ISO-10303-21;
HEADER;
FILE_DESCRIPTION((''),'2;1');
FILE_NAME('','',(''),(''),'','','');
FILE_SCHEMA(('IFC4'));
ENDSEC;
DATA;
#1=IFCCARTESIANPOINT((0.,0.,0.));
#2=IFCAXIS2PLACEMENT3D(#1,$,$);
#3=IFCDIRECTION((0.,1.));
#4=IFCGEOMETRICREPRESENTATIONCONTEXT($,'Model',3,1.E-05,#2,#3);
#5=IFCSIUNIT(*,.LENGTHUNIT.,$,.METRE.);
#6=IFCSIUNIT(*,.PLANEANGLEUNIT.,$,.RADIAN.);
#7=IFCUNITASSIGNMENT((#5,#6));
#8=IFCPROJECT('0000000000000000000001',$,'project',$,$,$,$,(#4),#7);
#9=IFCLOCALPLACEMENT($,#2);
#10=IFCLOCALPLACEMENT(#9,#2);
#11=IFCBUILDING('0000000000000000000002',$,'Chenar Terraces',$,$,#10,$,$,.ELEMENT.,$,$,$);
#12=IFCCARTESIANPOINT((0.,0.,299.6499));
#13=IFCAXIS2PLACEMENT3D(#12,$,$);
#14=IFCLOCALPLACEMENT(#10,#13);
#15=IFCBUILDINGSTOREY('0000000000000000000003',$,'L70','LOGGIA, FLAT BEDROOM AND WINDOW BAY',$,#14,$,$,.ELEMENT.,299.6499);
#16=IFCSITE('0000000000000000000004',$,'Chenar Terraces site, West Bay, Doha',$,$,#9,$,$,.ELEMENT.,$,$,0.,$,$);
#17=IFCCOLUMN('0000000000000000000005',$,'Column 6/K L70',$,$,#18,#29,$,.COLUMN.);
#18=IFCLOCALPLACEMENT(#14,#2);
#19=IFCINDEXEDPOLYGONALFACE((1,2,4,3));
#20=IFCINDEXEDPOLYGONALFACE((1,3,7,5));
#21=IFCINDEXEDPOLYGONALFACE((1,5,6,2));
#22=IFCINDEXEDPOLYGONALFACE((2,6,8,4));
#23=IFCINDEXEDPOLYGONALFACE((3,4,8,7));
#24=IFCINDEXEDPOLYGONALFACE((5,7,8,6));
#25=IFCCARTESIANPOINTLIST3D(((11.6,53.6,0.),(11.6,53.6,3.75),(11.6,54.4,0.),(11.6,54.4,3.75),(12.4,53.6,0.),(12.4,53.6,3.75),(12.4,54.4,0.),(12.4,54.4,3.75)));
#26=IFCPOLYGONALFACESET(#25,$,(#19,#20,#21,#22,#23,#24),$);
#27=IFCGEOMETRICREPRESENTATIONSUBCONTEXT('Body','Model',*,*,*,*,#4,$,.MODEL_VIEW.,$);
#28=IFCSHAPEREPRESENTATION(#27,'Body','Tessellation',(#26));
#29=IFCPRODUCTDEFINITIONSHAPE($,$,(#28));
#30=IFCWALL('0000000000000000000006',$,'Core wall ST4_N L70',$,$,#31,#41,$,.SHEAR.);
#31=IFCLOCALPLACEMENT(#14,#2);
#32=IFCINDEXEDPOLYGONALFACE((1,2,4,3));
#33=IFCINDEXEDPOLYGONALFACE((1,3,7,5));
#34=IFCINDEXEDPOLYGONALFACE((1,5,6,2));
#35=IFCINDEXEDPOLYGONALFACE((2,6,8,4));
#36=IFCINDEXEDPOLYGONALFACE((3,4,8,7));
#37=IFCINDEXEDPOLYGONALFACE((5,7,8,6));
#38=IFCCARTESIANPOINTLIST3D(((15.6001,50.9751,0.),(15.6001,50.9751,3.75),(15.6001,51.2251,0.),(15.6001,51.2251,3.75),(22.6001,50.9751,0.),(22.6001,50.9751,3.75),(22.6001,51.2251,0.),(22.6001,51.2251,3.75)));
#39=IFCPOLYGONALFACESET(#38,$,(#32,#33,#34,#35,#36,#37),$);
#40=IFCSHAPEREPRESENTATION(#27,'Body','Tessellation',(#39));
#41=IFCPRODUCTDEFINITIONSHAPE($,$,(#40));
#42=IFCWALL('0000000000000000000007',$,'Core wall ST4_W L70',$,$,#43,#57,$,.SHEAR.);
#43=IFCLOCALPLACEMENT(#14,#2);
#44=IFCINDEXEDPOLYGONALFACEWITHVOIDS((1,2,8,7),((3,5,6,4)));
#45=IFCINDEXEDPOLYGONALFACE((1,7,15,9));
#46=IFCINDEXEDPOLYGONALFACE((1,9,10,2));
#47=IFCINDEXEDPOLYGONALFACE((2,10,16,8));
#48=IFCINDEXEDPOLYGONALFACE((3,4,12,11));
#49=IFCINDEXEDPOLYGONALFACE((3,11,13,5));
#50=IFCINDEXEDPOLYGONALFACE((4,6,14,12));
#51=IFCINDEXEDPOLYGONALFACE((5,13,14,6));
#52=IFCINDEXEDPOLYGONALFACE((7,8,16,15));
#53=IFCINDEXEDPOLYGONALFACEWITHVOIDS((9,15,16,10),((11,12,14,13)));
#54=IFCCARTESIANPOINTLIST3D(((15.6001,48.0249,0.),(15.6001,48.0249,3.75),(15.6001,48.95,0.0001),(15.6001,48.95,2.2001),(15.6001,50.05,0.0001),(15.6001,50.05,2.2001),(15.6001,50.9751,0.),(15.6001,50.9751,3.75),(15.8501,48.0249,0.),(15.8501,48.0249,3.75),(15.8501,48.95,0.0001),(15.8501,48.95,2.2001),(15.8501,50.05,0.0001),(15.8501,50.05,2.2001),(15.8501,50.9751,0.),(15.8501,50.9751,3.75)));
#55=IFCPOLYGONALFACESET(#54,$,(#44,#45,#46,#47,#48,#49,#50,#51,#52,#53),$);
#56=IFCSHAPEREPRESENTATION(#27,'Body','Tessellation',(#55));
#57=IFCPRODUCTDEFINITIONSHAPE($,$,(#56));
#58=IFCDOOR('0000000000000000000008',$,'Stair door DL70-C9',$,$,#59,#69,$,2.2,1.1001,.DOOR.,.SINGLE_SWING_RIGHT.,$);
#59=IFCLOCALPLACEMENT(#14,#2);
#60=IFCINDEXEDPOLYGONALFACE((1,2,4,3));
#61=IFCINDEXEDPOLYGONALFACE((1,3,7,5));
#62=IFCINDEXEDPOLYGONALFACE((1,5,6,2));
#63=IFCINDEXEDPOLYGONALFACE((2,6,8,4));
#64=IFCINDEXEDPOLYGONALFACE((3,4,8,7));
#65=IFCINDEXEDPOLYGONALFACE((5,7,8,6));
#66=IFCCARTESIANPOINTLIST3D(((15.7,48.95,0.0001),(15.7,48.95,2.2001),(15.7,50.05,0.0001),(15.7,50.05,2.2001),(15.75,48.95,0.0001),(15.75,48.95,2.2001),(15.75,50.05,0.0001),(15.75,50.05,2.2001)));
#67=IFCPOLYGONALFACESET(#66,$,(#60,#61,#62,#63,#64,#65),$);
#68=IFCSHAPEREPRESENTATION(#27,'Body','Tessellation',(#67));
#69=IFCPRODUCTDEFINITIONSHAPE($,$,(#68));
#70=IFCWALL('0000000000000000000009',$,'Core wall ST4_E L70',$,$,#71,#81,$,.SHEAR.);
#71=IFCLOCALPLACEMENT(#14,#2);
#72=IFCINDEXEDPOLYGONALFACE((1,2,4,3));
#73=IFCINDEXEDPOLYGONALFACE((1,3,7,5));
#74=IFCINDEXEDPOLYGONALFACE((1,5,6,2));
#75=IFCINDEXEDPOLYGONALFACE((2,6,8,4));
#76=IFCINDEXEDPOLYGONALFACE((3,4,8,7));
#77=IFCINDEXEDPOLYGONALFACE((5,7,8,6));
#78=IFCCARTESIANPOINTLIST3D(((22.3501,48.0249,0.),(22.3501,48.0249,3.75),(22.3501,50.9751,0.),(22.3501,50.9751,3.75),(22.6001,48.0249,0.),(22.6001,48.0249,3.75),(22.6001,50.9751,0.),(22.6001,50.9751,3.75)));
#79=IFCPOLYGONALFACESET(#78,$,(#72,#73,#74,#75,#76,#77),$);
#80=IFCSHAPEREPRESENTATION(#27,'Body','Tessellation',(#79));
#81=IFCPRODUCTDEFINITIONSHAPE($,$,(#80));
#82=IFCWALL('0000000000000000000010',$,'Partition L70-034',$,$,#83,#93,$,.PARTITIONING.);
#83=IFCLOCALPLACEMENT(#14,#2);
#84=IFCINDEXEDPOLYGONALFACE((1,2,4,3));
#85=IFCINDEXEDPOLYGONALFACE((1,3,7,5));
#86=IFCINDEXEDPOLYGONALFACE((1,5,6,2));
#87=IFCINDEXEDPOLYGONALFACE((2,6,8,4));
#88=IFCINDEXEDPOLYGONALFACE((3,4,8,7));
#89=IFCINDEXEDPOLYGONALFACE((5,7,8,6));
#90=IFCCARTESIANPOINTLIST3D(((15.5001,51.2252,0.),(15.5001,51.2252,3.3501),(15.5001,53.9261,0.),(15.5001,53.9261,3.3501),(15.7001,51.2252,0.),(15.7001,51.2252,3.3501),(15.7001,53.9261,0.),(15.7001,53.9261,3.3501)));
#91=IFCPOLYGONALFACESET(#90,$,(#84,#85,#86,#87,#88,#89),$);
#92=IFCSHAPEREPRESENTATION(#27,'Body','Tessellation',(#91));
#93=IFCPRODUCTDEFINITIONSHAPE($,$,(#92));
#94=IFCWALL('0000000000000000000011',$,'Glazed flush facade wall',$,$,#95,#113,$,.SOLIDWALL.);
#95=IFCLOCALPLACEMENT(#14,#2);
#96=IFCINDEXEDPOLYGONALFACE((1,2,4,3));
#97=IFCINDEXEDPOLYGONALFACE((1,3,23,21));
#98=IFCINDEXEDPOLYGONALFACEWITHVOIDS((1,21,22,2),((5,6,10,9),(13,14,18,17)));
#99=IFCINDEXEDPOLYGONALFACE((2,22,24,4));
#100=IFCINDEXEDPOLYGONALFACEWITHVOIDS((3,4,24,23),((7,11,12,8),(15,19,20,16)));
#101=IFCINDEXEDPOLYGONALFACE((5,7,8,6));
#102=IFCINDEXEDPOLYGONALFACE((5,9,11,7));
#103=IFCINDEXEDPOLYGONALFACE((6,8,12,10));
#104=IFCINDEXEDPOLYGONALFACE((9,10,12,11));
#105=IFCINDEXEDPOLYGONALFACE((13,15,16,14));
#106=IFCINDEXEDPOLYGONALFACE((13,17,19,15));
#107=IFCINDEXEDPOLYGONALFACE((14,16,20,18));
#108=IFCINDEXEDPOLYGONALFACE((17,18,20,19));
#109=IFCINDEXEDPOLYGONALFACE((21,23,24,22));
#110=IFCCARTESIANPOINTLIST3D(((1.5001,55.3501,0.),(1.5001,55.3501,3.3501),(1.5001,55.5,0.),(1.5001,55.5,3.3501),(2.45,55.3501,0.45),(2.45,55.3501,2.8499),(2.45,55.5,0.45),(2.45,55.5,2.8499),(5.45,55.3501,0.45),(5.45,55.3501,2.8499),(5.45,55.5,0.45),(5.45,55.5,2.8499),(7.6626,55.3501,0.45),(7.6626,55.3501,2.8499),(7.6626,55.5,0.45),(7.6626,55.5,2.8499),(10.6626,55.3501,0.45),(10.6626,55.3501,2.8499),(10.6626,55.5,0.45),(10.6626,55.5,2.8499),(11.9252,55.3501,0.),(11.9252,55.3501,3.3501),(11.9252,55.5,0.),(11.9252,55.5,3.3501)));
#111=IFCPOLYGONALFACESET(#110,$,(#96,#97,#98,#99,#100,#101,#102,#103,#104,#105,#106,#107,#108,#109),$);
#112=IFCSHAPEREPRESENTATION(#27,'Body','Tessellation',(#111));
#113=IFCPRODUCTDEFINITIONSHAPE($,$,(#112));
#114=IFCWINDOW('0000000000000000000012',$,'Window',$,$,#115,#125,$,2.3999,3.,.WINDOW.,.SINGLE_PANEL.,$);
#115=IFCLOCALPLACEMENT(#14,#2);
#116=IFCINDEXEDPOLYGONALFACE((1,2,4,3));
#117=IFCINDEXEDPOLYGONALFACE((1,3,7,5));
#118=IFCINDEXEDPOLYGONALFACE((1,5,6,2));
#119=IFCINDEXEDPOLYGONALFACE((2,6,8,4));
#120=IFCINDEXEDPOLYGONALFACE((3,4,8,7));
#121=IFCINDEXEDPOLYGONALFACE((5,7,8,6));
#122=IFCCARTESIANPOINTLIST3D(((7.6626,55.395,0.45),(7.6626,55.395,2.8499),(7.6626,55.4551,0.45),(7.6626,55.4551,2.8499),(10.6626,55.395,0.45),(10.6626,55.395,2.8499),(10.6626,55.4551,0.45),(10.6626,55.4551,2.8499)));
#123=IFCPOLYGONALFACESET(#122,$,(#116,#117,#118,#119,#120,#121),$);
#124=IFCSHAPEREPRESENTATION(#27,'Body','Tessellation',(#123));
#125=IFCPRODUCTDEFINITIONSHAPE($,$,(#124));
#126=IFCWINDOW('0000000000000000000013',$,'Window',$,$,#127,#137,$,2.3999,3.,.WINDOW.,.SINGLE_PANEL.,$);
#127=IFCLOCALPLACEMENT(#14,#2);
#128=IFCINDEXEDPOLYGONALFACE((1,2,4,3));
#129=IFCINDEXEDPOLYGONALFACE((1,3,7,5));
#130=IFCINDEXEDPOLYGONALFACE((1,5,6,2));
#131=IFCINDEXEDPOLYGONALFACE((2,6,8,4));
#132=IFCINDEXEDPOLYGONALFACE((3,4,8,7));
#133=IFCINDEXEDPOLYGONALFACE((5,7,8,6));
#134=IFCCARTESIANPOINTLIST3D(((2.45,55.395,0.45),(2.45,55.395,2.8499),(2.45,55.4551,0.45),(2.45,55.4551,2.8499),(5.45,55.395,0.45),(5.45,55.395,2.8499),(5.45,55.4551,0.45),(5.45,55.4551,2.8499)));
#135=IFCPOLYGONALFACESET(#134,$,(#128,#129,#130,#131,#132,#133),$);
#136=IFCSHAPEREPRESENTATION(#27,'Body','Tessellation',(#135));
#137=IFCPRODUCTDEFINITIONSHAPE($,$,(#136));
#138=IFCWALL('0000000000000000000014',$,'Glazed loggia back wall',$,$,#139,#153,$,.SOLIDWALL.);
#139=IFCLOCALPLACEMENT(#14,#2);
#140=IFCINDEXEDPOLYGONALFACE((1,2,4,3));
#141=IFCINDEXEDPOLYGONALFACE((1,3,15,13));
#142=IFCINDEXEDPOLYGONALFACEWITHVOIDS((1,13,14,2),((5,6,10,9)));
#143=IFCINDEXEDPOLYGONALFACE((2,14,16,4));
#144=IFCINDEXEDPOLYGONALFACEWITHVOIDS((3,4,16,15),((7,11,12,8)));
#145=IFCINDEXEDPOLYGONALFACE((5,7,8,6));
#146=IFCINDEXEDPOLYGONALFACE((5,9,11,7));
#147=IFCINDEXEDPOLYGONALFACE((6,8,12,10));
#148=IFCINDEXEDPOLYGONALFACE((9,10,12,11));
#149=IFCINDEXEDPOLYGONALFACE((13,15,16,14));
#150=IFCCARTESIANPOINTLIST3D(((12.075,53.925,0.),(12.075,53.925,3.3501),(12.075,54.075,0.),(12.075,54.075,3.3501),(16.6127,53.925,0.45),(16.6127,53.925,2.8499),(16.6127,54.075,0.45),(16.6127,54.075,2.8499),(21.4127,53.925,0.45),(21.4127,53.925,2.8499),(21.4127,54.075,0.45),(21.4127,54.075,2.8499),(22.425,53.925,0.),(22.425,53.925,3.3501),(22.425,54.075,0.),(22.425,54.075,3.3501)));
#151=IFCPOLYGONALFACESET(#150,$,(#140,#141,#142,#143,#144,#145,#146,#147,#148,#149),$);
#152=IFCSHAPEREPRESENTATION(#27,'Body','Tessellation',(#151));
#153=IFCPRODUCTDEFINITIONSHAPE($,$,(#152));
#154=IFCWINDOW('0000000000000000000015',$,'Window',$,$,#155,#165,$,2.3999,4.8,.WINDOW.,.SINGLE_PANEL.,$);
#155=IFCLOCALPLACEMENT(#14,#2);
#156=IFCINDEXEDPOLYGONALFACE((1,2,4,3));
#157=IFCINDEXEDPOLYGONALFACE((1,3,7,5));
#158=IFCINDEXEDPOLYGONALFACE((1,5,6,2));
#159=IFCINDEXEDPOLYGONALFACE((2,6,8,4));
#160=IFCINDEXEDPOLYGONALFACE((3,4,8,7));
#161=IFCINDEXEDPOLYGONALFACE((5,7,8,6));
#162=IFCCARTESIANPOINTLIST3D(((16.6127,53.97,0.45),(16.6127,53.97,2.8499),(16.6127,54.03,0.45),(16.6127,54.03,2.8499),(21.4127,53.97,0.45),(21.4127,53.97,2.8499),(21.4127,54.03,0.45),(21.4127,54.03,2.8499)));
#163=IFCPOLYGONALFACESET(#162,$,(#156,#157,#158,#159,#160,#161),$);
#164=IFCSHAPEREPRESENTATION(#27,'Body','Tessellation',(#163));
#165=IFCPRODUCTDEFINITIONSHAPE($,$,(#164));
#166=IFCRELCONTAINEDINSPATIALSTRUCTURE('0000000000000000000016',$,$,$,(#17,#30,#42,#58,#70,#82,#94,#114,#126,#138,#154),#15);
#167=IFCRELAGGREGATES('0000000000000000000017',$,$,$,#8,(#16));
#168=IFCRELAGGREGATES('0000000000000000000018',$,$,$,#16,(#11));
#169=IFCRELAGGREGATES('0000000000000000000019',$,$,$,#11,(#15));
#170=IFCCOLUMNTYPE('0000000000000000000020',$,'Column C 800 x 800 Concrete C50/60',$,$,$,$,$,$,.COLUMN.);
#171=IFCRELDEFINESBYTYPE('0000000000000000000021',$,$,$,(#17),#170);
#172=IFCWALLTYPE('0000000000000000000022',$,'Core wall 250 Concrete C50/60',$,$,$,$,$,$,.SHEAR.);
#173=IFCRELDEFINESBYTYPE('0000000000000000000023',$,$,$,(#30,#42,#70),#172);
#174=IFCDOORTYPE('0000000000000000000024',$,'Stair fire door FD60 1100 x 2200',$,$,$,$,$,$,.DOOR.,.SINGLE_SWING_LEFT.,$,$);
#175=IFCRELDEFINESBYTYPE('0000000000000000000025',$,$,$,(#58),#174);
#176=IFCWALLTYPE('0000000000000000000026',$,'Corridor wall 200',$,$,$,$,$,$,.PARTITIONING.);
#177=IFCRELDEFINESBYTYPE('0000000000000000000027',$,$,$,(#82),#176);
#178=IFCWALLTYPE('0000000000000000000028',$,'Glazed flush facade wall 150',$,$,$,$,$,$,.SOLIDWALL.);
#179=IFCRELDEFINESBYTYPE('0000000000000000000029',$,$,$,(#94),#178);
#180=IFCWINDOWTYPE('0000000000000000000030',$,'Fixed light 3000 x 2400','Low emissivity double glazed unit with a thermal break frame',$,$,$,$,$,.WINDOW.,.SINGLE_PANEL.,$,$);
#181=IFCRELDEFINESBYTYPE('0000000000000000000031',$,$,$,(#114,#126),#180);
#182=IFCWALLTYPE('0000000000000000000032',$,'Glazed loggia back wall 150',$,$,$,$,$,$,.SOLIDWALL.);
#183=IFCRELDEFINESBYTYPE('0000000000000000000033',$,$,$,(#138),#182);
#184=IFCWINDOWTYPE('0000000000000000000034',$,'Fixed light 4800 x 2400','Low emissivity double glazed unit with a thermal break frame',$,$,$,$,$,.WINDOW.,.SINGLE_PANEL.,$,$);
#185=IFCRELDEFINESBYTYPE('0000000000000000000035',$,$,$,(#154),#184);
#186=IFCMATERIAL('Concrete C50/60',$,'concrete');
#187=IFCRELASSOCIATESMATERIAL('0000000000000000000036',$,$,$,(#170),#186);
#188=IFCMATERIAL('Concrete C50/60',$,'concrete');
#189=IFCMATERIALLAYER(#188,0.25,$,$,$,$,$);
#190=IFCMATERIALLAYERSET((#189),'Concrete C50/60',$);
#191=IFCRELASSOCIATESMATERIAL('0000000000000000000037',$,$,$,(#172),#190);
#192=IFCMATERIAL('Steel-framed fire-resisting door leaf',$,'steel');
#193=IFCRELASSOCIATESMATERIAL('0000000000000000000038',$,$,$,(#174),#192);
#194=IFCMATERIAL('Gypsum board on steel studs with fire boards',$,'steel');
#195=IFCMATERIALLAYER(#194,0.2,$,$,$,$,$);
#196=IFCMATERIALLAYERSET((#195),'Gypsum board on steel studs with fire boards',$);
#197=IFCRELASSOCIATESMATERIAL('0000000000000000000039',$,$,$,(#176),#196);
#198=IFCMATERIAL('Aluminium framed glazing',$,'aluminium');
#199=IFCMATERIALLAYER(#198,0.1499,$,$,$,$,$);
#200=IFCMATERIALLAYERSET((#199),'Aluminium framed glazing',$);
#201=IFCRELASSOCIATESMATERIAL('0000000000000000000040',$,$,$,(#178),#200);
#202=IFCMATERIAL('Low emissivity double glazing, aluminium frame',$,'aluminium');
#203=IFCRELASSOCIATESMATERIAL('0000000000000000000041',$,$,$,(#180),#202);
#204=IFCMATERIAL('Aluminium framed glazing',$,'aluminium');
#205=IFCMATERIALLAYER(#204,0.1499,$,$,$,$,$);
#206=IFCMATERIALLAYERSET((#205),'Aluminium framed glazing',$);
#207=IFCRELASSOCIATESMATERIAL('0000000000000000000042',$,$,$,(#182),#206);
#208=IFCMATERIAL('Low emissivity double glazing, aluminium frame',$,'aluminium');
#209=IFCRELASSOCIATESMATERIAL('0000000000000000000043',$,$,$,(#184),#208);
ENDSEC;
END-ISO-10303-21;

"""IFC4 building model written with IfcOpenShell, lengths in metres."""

from ifc_helpers import new_model, si_unit, direction, frame, frame_2d, origin, origin_2d, place, context, subcontext, project, spatial, rectangle, extrude, material, layer, layer_set, material_profile, profile_set, type_object, element, fill, save


model = new_model("IFC4")

# Units and contexts
model_context = context("Model", 3, precision=1e-05, world=origin(), true_north=direction((0.0, 1.0)))
body_context = subcontext(model_context, "Body", "Model", "MODEL_VIEW")
ifc_project = project(units=[si_unit("LENGTHUNIT", "METRE"), si_unit("PLANEANGLEUNIT", "RADIAN")], contexts=[model_context])

# Site, building, storey
site_placement = place(None, origin())
site = spatial("IfcSite", under=ifc_project, at=site_placement, Name="Chenar Terraces site, West Bay, Doha", CompositionType="ELEMENT", RefElevation=0.0)
building_placement = place(site_placement, origin())
building = spatial("IfcBuilding", under=site, at=building_placement, Name="Chenar Terraces", CompositionType="ELEMENT")
storey_placement = place(building_placement, frame((0.0, 0.0, 299.6499)))
storey = spatial("IfcBuildingStorey", under=building, at=storey_placement, Name="L70", Description="LOGGIA, FLAT BEDROOM AND WINDOW BAY", CompositionType="ELEMENT", Elevation=299.6499)

# Column
ifc_material_1 = material(Name="Concrete C50/60", Category="concrete")
ifc_material_profile = material_profile(ifc_material_1, rectangle(XDim=0.8, YDim=0.8, at=origin_2d()), Name="C 800 x 800")
ifc_profile_set = profile_set([ifc_material_profile], Name="Concrete C50/60")
column_type = type_object("IfcColumnType", Name="Column C 800 x 800 Concrete C50/60", PredefinedType="COLUMN", material=ifc_profile_set)
column_placement = place(storey_placement, frame((12.0, 54.0, 0.0), z_axis=(0.0, 0.0, 1.0), x_axis=(1.0, 0.0, 0.0)))
element("IfcColumn", 1, at=column_placement, inside=storey, type_object=column_type, Name="Column 6/K L70", PredefinedType="COLUMN", context=body_context, shape_type="SweptSolid", body=[
    extrude(rectangle(XDim=0.8, YDim=0.8, at=origin_2d()), origin(), (0.0, 0.0, 1.0), 3.75),
])

# Wall
ifc_material_2 = material(Name="Concrete C50/60", Category="concrete")
ifc_layer_1 = layer(ifc_material_2, 0.25)
ifc_layer_set_1 = layer_set([ifc_layer_1], Name="Concrete C50/60")
wall_type_1 = type_object("IfcWallType", Name="Core wall 250 Concrete C50/60", PredefinedType="SHEAR", material=ifc_layer_set_1)
wall_1_placement = place(storey_placement, frame((15.6001, 51.1001, 0.0), z_axis=(0.0, 0.0, 1.0), x_axis=(1.0, 0.0, 0.0)))
element("IfcWall", 2, at=wall_1_placement, inside=storey, type_object=wall_type_1, Name="Core wall ST4_N L70", PredefinedType="SHEAR", context=body_context, shape_type="SweptSolid", body=[
    extrude(rectangle(XDim=7.0, YDim=0.25, at=frame_2d((3.5, 0.0))), origin(), (0.0, 0.0, 1.0), 3.75),
])

# Wall, opening, door
wall_2_placement = place(storey_placement, frame((15.7251, 48.0249, 0.0), z_axis=(0.0, 0.0, 1.0), x_axis=(0.0, 1.0, 0.0)))
wall_2 = element("IfcWall", 3, at=wall_2_placement, inside=storey, type_object=wall_type_1, Name="Core wall ST4_W L70", PredefinedType="SHEAR", context=body_context, shape_type="SweptSolid", body=[
    extrude(rectangle(XDim=2.9502, YDim=0.25, at=frame_2d((1.4751, 0.0))), origin(), (0.0, 0.0, 1.0), 3.75),
])
opening_1_placement = place(wall_2_placement, frame((0.925, 0.0, 0.0)))
opening_1 = element("IfcOpeningElement", 4, at=opening_1_placement, cuts=wall_2, PredefinedType="OPENING", context=body_context, shape_type="SweptSolid", body=[
    extrude(rectangle(XDim=1.1001, YDim=2.2, at=frame_2d((0.55, 1.1001))), frame((0.0, 0.135, 0.0), z_axis=(0.0, -1.0, 0.0), x_axis=(1.0, 0.0, 0.0)), (0.0, 0.0, 1.0), 0.27),
])
ifc_material_3 = material(Name="Steel-framed fire-resisting door leaf", Category="steel")
door_type = type_object("IfcDoorType", Name="Stair fire door FD60 1100 x 2200", OperationType="SINGLE_SWING_LEFT", PredefinedType="DOOR", material=ifc_material_3)
door_placement = place(opening_1_placement, frame((1.1001, 0.0, 0.0), z_axis=(0.0, 0.0, 1.0), x_axis=(-1.0, 0.0, 0.0)))
door = element("IfcDoor", 5, at=door_placement, inside=storey, type_object=door_type, Name="Stair door DL70-C9", OperationType="SINGLE_SWING_RIGHT", OverallHeight=2.2, OverallWidth=1.1001, PredefinedType="DOOR", context=body_context, shape_type="SweptSolid", body=[
    extrude(rectangle(XDim=1.1001, YDim=2.2, at=frame_2d((0.55, 1.1001))), frame((0.0, 0.0249, 0.0), z_axis=(0.0, -1.0, 0.0), x_axis=(1.0, 0.0, 0.0)), (0.0, 0.0, 1.0), 0.05),
])
fill(opening_1, door)

# Walls
wall_3_placement = place(storey_placement, frame((22.4751, 48.0249, 0.0), z_axis=(0.0, 0.0, 1.0), x_axis=(0.0, 1.0, 0.0)))
element("IfcWall", 6, at=wall_3_placement, inside=storey, type_object=wall_type_1, Name="Core wall ST4_E L70", PredefinedType="SHEAR", context=body_context, shape_type="SweptSolid", body=[
    extrude(rectangle(XDim=2.9502, YDim=0.25, at=frame_2d((1.4751, 0.0))), origin(), (0.0, 0.0, 1.0), 3.75),
])
ifc_material_4 = material(Name="Gypsum board on steel studs with fire boards", Category="steel")
ifc_layer_2 = layer(ifc_material_4, 0.2)
ifc_layer_set_2 = layer_set([ifc_layer_2], Name="Gypsum board on steel studs with fire boards")
wall_type_2 = type_object("IfcWallType", Name="Corridor wall 200", PredefinedType="PARTITIONING", material=ifc_layer_set_2)
wall_4_placement = place(storey_placement, frame((15.6001, 51.2251, 0.0), z_axis=(0.0, 0.0, 1.0), x_axis=(0.0, 1.0, 0.0)))
element("IfcWall", 7, at=wall_4_placement, inside=storey, type_object=wall_type_2, Name="Partition L70-034", PredefinedType="PARTITIONING", context=body_context, shape_type="SweptSolid", body=[
    extrude(rectangle(XDim=2.7009, YDim=0.2, at=frame_2d((1.3506, 0.0))), origin(), (0.0, 0.0, 1.0), 3.3501),
])

# Wall, openings, windows
ifc_material_5 = material(Name="Aluminium framed glazing", Category="aluminium")
ifc_layer_3 = layer(ifc_material_5, 0.1499)
ifc_layer_set_3 = layer_set([ifc_layer_3], Name="Aluminium framed glazing")
wall_type_3 = type_object("IfcWallType", Name="Glazed flush facade wall 150", PredefinedType="SOLIDWALL", material=ifc_layer_set_3)
wall_5_placement = place(storey_placement, frame((11.925, 55.425, 0.0), z_axis=(0.0, 0.0, 1.0), x_axis=(-1.0, 0.0, 0.0)))
wall_5 = element("IfcWall", 8, at=wall_5_placement, inside=storey, type_object=wall_type_3, Name="Glazed flush facade wall", PredefinedType="SOLIDWALL", context=body_context, shape_type="SweptSolid", body=[
    extrude(rectangle(XDim=10.425, YDim=0.1499, at=frame_2d((5.2124, 0.0))), origin(), (0.0, 0.0, 1.0), 3.3501),
])
opening_2_placement = place(wall_5_placement, frame((1.2625, 0.0, 0.45)))
opening_2 = element("IfcOpeningElement", 9, at=opening_2_placement, cuts=wall_5, PredefinedType="OPENING", context=body_context, shape_type="SweptSolid", body=[
    extrude(rectangle(XDim=3.0, YDim=2.3999, at=frame_2d((1.5, 1.2))), frame((0.0, 0.085, 0.0), z_axis=(0.0, -1.0, 0.0), x_axis=(1.0, 0.0, 0.0)), (0.0, 0.0, 1.0), 0.1699),
])
opening_3_placement = place(wall_5_placement, frame((6.4751, 0.0, 0.45)))
opening_3 = element("IfcOpeningElement", 10, at=opening_3_placement, cuts=wall_5, PredefinedType="OPENING", context=body_context, shape_type="SweptSolid", body=[
    extrude(rectangle(XDim=3.0, YDim=2.3999, at=frame_2d((1.5, 1.2))), frame((0.0, 0.085, 0.0), z_axis=(0.0, -1.0, 0.0), x_axis=(1.0, 0.0, 0.0)), (0.0, 0.0, 1.0), 0.1699),
])
ifc_material_6 = material(Name="Low emissivity double glazing, aluminium frame", Category="aluminium")
window_type_1 = type_object("IfcWindowType", Name="Fixed light 3000 x 2400", Description="Low emissivity double glazed unit with a thermal break frame", PartitioningType="SINGLE_PANEL", PredefinedType="WINDOW", material=ifc_material_6)
window_1_placement = place(opening_2_placement, origin())
window_1 = element("IfcWindow", 11, at=window_1_placement, inside=storey, type_object=window_type_1, Name="Window", OverallHeight=2.3999, OverallWidth=3.0, PartitioningType="SINGLE_PANEL", PredefinedType="WINDOW", context=body_context, shape_type="SweptSolid", body=[
    extrude(rectangle(XDim=3.0, YDim=2.3999, at=frame_2d((1.5, 1.2))), frame((0.0, 0.03, 0.0), z_axis=(0.0, -1.0, 0.0), x_axis=(1.0, 0.0, 0.0)), (0.0, 0.0, 1.0), 0.0601),
])
fill(opening_2, window_1)
window_2_placement = place(opening_3_placement, origin())
window_2 = element("IfcWindow", 12, at=window_2_placement, inside=storey, type_object=window_type_1, Name="Window", OverallHeight=2.3999, OverallWidth=3.0, PartitioningType="SINGLE_PANEL", PredefinedType="WINDOW", context=body_context, shape_type="SweptSolid", body=[
    extrude(rectangle(XDim=3.0, YDim=2.3999, at=frame_2d((1.5, 1.2))), frame((0.0, 0.03, 0.0), z_axis=(0.0, -1.0, 0.0), x_axis=(1.0, 0.0, 0.0)), (0.0, 0.0, 1.0), 0.0601),
])
fill(opening_3, window_2)

# Wall, opening, window
ifc_material_7 = material(Name="Aluminium framed glazing", Category="aluminium")
ifc_layer_4 = layer(ifc_material_7, 0.1499)
ifc_layer_set_4 = layer_set([ifc_layer_4], Name="Aluminium framed glazing")
wall_type_4 = type_object("IfcWallType", Name="Glazed loggia back wall 150", PredefinedType="SOLIDWALL", material=ifc_layer_set_4)
wall_6_placement = place(storey_placement, frame((22.425, 54.0, 0.0), z_axis=(0.0, 0.0, 1.0), x_axis=(-1.0, 0.0, 0.0)))
wall_6 = element("IfcWall", 13, at=wall_6_placement, inside=storey, type_object=wall_type_4, Name="Glazed loggia back wall", PredefinedType="SOLIDWALL", context=body_context, shape_type="SweptSolid", body=[
    extrude(rectangle(XDim=10.3501, YDim=0.1499, at=frame_2d((5.175, 0.0))), origin(), (0.0, 0.0, 1.0), 3.3501),
])
opening_4_placement = place(wall_6_placement, frame((1.0125, 0.0, 0.45)))
opening_4 = element("IfcOpeningElement", 14, at=opening_4_placement, cuts=wall_6, PredefinedType="OPENING", context=body_context, shape_type="SweptSolid", body=[
    extrude(rectangle(XDim=4.8, YDim=2.3999, at=frame_2d((2.3999, 1.2))), frame((0.0, 0.085, 0.0), z_axis=(0.0, -1.0, 0.0), x_axis=(1.0, 0.0, 0.0)), (0.0, 0.0, 1.0), 0.1699),
])
ifc_material_8 = material(Name="Low emissivity double glazing, aluminium frame", Category="aluminium")
window_type_2 = type_object("IfcWindowType", Name="Fixed light 4800 x 2400", Description="Low emissivity double glazed unit with a thermal break frame", PartitioningType="SINGLE_PANEL", PredefinedType="WINDOW", material=ifc_material_8)
window_3_placement = place(opening_4_placement, origin())
window_3 = element("IfcWindow", 15, at=window_3_placement, inside=storey, type_object=window_type_2, Name="Window", OverallHeight=2.3999, OverallWidth=4.8, PartitioningType="SINGLE_PANEL", PredefinedType="WINDOW", context=body_context, shape_type="SweptSolid", body=[
    extrude(rectangle(XDim=4.8, YDim=2.3999, at=frame_2d((2.3999, 1.2))), frame((0.0, 0.03, 0.0), z_axis=(0.0, -1.0, 0.0), x_axis=(1.0, 0.0, 0.0)), (0.0, 0.0, 1.0), 0.0601),
])
fill(opening_4, window_3)

save(model, "model.ifc")
